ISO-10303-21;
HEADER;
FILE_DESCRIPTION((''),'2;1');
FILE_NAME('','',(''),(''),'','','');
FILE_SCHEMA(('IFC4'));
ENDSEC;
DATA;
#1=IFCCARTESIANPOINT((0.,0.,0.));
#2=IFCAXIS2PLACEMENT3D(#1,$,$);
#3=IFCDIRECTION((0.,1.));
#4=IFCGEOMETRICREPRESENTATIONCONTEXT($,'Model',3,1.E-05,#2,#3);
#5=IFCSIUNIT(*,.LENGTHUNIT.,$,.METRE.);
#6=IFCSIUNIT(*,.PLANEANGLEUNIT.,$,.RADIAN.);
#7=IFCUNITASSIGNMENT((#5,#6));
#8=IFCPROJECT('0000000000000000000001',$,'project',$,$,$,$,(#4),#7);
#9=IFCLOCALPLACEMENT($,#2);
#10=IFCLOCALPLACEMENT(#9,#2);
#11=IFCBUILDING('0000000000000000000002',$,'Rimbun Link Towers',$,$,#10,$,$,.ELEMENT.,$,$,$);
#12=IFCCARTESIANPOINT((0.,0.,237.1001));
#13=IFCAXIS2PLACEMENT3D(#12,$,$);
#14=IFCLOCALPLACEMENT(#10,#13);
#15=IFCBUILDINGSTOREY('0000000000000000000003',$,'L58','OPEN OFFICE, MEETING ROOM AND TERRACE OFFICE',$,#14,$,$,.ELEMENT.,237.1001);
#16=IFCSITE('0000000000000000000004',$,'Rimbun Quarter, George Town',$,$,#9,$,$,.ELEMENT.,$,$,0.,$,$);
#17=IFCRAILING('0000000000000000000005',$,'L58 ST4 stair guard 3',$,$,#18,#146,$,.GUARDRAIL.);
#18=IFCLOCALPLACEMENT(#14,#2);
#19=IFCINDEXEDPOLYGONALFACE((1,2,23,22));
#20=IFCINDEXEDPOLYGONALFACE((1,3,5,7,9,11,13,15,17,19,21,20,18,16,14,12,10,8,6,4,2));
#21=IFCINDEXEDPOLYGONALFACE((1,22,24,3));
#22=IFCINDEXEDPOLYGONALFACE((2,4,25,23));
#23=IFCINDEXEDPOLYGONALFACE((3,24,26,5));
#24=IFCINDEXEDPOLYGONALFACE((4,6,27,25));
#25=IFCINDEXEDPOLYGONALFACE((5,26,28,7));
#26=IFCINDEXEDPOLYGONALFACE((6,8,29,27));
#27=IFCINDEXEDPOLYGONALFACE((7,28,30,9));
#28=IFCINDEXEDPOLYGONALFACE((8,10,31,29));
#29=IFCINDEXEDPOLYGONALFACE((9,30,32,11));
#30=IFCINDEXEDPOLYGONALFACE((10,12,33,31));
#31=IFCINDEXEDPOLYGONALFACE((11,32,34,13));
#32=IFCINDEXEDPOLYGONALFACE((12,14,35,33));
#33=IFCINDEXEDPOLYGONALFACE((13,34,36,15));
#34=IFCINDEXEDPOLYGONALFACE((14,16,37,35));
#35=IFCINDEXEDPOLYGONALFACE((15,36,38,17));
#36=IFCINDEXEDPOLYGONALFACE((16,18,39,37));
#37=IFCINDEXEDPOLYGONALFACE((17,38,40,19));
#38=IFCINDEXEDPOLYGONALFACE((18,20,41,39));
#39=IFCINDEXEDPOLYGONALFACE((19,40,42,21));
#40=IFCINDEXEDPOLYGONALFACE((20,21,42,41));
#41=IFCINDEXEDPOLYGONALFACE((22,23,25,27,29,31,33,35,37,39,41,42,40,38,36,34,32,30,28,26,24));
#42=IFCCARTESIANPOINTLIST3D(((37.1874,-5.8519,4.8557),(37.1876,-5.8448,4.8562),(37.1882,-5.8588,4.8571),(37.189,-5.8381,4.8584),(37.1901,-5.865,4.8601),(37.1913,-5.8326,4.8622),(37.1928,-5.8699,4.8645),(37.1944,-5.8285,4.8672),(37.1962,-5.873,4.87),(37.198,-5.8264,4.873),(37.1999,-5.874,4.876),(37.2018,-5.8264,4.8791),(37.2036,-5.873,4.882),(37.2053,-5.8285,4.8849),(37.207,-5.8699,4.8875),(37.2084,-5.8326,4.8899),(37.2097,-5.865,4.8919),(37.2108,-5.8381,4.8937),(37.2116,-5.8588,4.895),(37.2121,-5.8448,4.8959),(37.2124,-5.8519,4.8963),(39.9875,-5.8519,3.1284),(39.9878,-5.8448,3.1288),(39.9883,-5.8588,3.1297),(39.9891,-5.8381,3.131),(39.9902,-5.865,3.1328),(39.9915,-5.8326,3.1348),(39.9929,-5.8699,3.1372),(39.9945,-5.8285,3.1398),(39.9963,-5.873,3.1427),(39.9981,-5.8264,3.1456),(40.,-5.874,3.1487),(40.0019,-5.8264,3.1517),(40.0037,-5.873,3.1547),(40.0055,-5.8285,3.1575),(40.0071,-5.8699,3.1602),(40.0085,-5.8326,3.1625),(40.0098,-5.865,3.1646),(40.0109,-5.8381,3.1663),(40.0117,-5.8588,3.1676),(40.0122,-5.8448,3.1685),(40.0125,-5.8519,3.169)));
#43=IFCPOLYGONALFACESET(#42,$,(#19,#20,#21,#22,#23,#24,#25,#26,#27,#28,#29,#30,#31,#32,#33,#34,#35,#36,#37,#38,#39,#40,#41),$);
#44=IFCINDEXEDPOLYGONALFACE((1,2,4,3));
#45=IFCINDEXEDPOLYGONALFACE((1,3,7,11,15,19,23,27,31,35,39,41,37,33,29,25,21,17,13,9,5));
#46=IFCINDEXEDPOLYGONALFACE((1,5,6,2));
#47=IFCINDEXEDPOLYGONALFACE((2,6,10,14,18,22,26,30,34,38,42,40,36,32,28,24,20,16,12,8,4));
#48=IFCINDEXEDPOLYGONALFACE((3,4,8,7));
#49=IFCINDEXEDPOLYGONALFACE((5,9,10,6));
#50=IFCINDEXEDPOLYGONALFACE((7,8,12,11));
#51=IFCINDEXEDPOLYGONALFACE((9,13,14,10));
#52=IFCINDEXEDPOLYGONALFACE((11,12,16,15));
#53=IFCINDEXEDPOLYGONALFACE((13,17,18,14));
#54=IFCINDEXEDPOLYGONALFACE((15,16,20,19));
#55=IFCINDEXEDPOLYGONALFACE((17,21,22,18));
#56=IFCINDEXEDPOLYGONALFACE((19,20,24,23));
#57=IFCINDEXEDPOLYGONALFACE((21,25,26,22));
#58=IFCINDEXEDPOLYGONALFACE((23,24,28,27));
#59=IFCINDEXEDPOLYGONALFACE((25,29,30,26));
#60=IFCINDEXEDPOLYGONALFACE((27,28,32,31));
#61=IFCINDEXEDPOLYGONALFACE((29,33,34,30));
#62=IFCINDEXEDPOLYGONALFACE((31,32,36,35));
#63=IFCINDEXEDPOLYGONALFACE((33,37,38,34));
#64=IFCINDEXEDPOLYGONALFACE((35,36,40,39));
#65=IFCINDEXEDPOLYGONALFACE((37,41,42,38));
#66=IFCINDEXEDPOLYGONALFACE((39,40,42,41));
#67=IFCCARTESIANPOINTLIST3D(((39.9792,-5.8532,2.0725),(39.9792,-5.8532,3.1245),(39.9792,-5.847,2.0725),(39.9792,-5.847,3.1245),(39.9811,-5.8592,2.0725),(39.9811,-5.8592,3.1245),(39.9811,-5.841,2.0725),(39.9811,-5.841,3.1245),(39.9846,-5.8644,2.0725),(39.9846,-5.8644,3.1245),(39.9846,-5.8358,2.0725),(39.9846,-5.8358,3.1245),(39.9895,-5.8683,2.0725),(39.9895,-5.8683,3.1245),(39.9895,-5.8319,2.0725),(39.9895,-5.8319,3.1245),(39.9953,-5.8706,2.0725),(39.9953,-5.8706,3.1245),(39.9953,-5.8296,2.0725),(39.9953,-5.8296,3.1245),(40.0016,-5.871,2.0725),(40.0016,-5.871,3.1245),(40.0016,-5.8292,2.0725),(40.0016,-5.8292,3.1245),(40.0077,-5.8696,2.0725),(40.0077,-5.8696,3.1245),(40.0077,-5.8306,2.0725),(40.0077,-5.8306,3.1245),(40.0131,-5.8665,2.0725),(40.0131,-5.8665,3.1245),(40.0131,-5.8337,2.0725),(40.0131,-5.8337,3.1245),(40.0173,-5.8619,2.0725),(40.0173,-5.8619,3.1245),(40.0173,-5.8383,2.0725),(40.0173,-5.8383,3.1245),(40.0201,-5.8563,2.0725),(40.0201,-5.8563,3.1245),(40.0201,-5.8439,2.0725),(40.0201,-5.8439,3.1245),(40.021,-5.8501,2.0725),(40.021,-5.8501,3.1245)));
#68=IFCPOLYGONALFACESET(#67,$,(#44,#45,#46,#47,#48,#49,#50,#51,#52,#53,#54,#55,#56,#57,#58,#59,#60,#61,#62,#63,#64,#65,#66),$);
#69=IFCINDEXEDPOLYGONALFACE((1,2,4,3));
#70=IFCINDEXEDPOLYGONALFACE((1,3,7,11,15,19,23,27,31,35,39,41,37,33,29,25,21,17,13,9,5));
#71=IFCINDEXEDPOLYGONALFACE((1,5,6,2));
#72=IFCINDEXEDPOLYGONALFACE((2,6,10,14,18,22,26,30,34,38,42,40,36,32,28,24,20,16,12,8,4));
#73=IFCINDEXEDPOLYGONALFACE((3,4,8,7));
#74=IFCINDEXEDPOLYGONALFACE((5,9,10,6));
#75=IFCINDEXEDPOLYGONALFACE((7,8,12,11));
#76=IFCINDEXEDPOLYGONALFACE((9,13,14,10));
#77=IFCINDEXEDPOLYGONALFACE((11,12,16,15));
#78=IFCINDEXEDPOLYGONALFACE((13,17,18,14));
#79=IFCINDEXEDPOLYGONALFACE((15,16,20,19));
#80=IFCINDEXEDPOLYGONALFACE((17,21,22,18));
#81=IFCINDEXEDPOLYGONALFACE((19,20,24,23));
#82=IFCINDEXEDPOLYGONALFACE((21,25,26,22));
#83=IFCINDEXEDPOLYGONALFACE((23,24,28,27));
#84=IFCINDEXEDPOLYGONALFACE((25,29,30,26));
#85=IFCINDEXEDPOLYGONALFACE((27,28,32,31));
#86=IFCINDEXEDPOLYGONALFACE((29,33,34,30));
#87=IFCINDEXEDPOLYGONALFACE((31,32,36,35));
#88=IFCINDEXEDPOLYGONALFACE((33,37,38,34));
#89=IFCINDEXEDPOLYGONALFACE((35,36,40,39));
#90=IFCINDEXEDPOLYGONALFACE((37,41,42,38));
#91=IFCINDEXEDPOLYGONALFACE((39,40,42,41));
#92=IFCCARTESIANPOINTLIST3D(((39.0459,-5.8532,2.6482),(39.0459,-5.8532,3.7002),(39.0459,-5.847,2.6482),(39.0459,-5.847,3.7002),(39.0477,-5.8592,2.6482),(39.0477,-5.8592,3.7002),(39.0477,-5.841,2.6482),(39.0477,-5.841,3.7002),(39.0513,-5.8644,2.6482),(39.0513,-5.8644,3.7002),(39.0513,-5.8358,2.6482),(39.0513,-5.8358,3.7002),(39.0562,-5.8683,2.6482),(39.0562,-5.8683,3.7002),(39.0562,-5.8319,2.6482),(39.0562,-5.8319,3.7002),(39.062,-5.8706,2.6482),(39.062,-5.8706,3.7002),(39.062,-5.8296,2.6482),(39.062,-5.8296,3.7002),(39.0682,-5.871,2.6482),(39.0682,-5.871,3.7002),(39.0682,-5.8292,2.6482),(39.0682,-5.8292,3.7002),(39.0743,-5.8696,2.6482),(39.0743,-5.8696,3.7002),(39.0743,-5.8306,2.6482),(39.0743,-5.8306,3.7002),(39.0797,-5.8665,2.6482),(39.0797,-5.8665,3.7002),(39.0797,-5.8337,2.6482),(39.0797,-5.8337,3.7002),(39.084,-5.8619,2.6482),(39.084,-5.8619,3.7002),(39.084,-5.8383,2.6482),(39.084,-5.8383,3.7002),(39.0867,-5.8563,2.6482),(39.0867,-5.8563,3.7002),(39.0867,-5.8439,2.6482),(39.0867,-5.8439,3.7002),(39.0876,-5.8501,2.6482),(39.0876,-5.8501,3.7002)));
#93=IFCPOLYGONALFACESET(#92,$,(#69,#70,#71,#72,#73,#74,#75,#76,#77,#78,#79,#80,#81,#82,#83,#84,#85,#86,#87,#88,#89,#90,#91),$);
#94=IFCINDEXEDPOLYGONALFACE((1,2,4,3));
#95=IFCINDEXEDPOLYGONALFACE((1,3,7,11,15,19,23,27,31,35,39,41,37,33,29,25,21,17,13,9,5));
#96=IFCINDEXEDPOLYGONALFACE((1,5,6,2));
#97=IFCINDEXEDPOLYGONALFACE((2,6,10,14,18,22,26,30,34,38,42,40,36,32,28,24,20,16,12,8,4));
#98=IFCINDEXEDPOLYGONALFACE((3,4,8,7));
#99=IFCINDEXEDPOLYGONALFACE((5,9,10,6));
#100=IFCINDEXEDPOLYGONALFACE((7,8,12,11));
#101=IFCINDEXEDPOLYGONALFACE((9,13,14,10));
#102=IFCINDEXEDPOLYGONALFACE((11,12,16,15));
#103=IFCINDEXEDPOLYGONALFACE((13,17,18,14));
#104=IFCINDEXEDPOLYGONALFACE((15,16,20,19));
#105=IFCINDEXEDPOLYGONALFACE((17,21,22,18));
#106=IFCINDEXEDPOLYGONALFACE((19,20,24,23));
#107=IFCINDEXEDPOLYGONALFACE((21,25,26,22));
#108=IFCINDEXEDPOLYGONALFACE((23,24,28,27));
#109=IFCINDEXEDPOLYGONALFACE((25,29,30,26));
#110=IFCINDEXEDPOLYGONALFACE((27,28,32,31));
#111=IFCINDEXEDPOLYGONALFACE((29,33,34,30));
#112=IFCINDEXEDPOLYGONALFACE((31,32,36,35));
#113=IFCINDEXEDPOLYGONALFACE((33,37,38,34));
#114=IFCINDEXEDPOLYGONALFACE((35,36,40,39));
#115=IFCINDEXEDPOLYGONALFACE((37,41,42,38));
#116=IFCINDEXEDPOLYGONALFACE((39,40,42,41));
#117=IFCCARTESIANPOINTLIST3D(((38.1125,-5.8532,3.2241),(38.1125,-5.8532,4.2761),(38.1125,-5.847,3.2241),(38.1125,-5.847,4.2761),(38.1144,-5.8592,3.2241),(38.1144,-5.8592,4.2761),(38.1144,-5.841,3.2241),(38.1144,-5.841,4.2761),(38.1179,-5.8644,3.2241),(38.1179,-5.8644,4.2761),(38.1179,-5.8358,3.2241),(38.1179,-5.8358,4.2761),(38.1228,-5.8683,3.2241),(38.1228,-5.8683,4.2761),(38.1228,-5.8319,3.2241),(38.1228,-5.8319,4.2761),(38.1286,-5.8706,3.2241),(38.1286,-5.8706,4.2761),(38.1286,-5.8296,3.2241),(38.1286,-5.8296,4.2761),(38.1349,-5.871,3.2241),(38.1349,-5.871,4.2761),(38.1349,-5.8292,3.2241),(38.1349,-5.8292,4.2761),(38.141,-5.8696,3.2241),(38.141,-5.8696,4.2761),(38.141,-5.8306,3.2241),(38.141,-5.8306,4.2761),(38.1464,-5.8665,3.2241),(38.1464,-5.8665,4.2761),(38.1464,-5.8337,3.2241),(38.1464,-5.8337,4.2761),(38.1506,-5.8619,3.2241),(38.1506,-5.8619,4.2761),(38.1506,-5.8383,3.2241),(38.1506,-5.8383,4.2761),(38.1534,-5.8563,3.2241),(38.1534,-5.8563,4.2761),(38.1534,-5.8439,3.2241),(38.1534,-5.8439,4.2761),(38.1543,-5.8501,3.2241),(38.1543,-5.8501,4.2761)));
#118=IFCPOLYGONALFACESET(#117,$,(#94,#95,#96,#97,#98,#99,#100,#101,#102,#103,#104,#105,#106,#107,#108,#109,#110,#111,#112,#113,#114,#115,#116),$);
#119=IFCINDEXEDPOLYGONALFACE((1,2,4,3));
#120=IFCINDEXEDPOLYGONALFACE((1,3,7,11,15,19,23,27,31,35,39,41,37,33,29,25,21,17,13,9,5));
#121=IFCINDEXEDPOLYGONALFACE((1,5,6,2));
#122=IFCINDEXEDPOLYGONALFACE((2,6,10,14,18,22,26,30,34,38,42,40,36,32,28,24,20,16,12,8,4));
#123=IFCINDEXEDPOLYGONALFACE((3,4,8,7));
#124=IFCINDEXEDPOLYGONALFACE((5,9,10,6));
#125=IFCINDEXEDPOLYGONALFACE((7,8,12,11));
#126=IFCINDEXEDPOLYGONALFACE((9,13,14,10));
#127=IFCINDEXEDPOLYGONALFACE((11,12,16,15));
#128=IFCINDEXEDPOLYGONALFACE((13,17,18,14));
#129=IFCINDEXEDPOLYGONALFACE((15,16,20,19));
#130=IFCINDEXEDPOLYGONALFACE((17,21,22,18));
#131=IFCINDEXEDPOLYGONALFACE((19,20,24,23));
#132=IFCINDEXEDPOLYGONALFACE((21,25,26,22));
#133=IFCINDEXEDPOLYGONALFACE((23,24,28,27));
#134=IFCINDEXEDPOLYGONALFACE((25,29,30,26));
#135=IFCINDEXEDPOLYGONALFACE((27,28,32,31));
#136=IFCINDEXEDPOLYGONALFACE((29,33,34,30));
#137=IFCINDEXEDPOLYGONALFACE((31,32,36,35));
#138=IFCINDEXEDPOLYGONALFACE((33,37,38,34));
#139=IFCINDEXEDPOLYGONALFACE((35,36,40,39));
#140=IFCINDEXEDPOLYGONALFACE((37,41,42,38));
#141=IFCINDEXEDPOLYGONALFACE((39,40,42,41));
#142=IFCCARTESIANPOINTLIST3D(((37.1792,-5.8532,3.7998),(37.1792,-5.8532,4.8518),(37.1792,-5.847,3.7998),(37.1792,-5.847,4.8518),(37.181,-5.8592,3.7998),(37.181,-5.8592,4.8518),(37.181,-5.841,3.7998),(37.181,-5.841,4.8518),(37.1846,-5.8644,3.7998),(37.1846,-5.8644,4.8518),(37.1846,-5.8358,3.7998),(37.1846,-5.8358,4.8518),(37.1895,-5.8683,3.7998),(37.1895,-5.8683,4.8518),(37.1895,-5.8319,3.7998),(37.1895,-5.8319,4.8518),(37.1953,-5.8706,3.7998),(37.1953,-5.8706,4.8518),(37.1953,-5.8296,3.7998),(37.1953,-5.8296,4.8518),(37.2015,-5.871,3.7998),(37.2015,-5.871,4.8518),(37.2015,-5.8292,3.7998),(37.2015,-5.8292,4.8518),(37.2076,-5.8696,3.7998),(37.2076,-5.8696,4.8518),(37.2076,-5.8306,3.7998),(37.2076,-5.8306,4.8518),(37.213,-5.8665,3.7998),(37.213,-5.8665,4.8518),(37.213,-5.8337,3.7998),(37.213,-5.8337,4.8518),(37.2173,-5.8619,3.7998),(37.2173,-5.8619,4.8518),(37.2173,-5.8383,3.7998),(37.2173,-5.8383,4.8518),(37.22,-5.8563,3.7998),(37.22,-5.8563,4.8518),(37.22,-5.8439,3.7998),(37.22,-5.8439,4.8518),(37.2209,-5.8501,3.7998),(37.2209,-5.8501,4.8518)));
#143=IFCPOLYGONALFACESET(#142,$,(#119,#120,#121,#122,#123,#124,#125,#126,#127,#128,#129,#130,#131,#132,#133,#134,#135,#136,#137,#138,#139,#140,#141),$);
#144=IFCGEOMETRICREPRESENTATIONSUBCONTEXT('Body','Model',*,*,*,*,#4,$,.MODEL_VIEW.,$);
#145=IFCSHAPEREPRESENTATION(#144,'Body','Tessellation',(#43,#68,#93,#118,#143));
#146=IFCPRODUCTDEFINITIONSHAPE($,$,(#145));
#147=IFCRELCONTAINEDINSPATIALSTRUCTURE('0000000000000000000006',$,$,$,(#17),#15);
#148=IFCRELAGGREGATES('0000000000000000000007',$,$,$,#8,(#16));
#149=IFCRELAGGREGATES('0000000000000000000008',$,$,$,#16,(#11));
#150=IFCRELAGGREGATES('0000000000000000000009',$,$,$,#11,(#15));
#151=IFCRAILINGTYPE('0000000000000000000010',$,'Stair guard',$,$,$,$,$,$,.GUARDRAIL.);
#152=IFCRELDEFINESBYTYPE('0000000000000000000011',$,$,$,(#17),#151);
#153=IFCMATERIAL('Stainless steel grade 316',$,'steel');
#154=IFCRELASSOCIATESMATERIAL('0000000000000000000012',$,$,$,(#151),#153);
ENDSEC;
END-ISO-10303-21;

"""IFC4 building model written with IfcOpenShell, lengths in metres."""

from ifc_helpers import new_model, si_unit, direction, frame, origin, origin_2d, place, context, subcontext, project, spatial, circle, extrude, material, type_object, element, save


model = new_model("IFC4")

# Units and contexts
model_context = context("Model", 3, precision=1e-05, world=origin(), true_north=direction((0.0, 1.0)))
body_context = subcontext(model_context, "Body", "Model", "MODEL_VIEW")
ifc_project = project(units=[si_unit("LENGTHUNIT", "METRE"), si_unit("PLANEANGLEUNIT", "RADIAN")], contexts=[model_context])

# Site, building, storey
site_placement = place(None, origin())
site = spatial("IfcSite", under=ifc_project, at=site_placement, Name="Rimbun Quarter, George Town", CompositionType="ELEMENT", RefElevation=0.0)
building_placement = place(site_placement, origin())
building = spatial("IfcBuilding", under=site, at=building_placement, Name="Rimbun Link Towers", CompositionType="ELEMENT")
storey_placement = place(building_placement, frame((0.0, 0.0, 237.1001)))
storey = spatial("IfcBuildingStorey", under=building, at=storey_placement, Name="L58", Description="OPEN OFFICE, MEETING ROOM AND TERRACE OFFICE", CompositionType="ELEMENT", Elevation=237.1001)

# Railing
ifc_material_1 = material(Name="Stainless steel grade 316", Category="steel")
railing_type_1 = type_object("IfcRailingType", Name="Stair guard", PredefinedType="GUARDRAIL", material=ifc_material_1)
railing_1_placement = place(storey_placement, frame((40.0, -5.8501, 2.0725)))
element("IfcRailing", 1, at=railing_1_placement, inside=storey, type_object=railing_type_1, Name="L58 ST4 stair guard 3", PredefinedType="GUARDRAIL", context=body_context, shape_type="SweptSolid", body=[
    extrude(circle(Radius=0.0239, at=origin_2d()), frame((0.0, 0.0, 1.0762), z_axis=(-0.85109, 0.0, 0.52502), x_axis=(0.0, -1.0, 0.0)), (0.0, 0.0, 1.0), 3.29),
    extrude(circle(Radius=0.021, at=origin_2d()), origin(), (0.0, 0.0, 1.0), 1.052),
    extrude(circle(Radius=0.021, at=origin_2d()), frame((-0.9333, 0.0, 0.5757)), (0.0, 0.0, 1.0), 1.052),
    extrude(circle(Radius=0.021, at=origin_2d()), frame((-1.8667, 0.0, 1.1516)), (0.0, 0.0, 1.0), 1.052),
    extrude(circle(Radius=0.021, at=origin_2d()), frame((-2.8, 0.0, 1.7273)), (0.0, 0.0, 1.0), 1.052),
])

save(model, "model.ifc")
